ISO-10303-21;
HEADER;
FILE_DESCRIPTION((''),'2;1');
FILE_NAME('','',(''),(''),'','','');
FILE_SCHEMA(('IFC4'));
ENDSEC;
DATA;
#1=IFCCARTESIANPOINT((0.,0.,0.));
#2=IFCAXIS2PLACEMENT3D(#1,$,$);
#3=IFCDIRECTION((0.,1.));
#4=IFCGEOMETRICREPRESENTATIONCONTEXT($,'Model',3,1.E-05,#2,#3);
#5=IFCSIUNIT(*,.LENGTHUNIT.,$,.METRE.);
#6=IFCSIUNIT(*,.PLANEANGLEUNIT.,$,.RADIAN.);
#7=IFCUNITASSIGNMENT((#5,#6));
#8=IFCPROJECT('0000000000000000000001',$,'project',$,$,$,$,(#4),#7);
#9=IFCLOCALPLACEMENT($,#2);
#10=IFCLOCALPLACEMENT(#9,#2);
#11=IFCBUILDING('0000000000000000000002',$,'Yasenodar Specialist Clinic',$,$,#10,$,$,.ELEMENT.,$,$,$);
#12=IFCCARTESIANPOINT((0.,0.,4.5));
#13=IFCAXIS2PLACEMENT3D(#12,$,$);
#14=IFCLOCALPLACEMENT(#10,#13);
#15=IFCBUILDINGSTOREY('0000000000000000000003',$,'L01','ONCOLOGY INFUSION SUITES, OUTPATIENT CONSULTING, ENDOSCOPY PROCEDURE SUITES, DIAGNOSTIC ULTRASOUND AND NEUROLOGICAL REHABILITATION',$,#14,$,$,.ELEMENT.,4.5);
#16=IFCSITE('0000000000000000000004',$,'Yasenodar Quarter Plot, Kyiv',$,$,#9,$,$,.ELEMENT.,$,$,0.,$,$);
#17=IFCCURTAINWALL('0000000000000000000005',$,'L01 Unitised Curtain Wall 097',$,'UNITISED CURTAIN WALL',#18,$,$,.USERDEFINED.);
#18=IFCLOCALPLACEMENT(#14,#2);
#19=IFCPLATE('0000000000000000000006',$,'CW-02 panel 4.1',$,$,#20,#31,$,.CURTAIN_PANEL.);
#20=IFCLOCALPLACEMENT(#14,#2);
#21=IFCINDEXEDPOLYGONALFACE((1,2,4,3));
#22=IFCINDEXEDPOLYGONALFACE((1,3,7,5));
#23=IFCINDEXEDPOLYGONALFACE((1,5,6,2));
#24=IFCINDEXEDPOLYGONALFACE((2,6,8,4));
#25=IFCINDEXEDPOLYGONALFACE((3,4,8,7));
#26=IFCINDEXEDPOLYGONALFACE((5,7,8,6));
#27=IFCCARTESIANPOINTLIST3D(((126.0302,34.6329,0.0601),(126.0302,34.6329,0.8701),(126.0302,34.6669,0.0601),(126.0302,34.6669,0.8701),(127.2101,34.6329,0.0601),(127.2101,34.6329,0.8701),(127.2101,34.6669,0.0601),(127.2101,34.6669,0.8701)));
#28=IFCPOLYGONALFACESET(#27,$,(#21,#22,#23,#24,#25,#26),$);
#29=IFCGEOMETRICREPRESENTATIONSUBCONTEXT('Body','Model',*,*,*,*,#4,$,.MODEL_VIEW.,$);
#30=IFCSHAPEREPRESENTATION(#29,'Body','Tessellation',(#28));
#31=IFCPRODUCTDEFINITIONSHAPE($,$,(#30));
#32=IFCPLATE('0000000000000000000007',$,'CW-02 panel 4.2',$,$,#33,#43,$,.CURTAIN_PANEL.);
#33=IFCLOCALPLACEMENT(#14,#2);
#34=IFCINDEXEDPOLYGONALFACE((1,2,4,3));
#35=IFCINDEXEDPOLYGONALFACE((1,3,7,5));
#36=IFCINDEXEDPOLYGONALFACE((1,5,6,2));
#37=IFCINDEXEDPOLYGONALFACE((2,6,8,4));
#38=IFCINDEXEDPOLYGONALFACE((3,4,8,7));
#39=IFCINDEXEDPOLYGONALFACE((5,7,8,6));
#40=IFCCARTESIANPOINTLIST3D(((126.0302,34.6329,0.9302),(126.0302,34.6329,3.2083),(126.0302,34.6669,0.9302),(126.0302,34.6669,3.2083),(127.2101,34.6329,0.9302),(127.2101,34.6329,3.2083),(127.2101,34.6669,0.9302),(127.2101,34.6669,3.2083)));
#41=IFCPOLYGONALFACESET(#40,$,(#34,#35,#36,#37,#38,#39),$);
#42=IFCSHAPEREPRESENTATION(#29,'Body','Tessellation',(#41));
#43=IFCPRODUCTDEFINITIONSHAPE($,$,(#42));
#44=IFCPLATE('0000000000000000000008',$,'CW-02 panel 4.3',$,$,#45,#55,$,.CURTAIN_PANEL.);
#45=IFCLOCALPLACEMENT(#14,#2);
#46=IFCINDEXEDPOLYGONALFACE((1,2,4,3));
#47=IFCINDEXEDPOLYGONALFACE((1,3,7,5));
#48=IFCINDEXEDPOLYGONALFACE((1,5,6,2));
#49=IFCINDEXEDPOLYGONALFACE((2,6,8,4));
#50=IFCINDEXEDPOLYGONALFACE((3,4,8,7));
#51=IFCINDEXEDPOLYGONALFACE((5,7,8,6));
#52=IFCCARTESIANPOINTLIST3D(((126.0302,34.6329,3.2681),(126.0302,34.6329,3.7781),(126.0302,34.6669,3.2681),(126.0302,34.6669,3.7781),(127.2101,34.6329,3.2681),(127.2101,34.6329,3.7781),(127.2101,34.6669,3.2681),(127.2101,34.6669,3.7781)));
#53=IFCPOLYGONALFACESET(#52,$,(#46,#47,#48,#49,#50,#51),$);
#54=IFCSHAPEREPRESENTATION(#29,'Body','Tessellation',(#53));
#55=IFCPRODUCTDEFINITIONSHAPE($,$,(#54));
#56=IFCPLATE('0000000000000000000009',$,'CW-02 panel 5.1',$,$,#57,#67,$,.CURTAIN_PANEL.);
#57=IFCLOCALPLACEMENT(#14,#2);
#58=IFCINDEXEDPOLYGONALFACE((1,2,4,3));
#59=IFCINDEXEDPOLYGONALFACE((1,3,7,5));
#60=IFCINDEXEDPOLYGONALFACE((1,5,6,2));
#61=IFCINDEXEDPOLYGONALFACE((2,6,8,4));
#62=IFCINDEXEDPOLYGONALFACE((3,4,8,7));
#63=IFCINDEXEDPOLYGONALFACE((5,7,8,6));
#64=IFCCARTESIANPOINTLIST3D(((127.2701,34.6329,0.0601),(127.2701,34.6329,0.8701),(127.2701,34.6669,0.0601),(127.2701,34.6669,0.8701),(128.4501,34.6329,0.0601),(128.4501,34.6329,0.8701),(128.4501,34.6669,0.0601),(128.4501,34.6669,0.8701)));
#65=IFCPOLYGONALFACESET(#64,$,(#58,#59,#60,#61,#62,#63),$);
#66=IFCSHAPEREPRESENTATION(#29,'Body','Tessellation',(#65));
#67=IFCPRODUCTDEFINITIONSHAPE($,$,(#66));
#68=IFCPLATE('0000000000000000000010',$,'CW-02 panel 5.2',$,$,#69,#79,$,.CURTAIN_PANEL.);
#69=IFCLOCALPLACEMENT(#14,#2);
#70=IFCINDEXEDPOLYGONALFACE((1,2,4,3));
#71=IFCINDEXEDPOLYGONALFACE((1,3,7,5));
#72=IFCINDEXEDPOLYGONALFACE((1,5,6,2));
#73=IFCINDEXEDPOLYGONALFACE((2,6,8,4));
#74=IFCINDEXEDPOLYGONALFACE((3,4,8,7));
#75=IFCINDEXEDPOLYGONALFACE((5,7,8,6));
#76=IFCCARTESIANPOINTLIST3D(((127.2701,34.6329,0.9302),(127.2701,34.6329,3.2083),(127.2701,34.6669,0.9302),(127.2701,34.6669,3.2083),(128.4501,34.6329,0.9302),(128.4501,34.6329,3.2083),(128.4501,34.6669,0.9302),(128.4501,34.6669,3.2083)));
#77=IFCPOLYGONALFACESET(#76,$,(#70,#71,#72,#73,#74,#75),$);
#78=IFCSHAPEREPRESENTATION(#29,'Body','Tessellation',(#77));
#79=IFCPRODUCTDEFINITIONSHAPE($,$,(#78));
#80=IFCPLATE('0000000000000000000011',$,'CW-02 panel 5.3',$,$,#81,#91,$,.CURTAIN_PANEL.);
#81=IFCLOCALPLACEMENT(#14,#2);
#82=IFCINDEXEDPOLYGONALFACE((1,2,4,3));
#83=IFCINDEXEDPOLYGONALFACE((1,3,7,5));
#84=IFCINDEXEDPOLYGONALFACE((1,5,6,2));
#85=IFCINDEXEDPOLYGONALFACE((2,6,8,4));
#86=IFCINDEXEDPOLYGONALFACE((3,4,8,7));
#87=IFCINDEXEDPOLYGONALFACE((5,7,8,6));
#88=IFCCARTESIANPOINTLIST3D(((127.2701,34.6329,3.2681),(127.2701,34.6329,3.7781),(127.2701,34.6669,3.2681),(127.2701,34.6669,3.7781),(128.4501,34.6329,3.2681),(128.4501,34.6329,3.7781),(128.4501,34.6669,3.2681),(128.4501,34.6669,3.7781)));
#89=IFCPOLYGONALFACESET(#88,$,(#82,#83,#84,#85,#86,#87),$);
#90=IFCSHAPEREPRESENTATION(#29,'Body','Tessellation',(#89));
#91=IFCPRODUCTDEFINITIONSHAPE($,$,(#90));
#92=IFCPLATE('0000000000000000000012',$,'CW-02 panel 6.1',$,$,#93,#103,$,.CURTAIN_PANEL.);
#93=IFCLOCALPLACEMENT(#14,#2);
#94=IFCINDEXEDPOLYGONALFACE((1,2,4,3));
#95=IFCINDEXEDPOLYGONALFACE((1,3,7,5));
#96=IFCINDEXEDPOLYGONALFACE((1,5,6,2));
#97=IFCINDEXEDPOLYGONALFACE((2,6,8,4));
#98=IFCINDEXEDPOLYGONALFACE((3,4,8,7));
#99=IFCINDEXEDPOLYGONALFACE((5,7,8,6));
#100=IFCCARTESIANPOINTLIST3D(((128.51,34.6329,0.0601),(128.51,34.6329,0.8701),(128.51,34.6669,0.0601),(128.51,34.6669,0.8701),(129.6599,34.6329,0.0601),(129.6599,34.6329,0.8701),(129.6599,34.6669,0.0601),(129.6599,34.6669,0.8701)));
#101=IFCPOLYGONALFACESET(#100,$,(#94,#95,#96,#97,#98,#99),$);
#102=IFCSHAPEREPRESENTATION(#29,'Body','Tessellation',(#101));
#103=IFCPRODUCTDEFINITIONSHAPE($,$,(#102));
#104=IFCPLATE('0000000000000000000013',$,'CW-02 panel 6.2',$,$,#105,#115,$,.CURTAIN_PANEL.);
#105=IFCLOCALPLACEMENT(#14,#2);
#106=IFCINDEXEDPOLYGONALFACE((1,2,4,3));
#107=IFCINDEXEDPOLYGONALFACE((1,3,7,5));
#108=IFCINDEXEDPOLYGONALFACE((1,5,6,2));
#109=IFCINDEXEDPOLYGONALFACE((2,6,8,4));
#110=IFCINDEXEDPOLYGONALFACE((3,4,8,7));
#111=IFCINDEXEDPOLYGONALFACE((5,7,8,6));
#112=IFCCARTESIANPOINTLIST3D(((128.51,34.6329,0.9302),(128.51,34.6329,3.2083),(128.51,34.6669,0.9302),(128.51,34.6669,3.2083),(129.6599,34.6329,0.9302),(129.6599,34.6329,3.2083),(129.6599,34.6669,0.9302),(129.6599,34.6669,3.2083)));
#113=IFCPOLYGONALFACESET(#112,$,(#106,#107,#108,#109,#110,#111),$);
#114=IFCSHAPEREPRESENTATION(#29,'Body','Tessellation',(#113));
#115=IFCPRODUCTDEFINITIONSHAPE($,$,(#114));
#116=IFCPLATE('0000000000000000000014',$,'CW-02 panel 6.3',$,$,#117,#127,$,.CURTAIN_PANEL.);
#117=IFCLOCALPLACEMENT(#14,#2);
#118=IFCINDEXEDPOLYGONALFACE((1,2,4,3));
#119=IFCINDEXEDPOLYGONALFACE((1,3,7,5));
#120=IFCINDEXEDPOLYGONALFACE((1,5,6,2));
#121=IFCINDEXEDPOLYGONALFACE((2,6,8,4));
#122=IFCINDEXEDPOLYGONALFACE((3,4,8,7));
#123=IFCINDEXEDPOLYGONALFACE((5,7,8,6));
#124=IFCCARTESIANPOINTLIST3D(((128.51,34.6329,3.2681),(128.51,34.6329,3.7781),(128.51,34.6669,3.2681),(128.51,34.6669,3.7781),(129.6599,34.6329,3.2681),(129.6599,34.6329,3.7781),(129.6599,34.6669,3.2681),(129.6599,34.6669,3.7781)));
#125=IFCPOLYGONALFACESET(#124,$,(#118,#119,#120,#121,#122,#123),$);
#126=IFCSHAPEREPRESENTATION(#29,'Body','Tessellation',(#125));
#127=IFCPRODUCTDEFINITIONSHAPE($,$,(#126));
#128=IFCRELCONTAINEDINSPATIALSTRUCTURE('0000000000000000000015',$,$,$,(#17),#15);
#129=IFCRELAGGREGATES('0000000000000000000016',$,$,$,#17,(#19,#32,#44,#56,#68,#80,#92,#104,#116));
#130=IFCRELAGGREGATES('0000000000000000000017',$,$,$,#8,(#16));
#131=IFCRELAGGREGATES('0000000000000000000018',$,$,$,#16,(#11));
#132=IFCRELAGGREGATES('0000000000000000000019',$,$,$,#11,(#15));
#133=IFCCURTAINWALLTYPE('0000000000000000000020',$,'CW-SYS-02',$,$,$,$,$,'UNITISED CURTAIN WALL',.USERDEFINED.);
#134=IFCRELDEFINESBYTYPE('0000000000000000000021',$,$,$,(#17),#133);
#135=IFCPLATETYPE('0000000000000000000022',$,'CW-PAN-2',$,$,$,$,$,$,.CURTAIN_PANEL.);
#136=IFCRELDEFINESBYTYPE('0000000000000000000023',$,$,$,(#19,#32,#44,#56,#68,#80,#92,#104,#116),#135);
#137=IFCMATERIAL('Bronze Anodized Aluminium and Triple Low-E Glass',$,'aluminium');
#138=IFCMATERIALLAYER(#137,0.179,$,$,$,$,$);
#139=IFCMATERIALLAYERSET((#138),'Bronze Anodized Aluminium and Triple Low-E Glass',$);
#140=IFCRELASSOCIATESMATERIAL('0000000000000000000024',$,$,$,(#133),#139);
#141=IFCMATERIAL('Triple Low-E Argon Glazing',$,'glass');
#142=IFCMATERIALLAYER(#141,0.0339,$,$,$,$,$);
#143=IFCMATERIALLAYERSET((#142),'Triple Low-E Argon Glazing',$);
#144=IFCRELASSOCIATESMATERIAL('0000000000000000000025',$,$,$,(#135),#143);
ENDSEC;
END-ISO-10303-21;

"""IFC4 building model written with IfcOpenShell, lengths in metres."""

from ifc_helpers import new_model, si_unit, direction, frame, origin, origin_2d, place, context, subcontext, project, spatial, rectangle, extrude, material, layer, layer_set, type_object, element, aggregate, save


model = new_model("IFC4")

# Units and contexts
model_context = context("Model", 3, precision=1e-05, world=origin(), true_north=direction((0.0, 1.0)))
body_context = subcontext(model_context, "Body", "Model", "MODEL_VIEW")
ifc_project = project(units=[si_unit("LENGTHUNIT", "METRE"), si_unit("PLANEANGLEUNIT", "RADIAN")], contexts=[model_context])

# Site, building, storey
site_placement = place(None, origin())
site = spatial("IfcSite", under=ifc_project, at=site_placement, Name="Yasenodar Quarter Plot, Kyiv", CompositionType="ELEMENT", RefElevation=0.0)
building_placement = place(site_placement, origin())
building = spatial("IfcBuilding", under=site, at=building_placement, Name="Yasenodar Specialist Clinic", CompositionType="ELEMENT")
storey_placement = place(building_placement, frame((0.0, 0.0, 4.5)))
storey = spatial("IfcBuildingStorey", under=building, at=storey_placement, Name="L01", Description="ONCOLOGY INFUSION SUITES, OUTPATIENT CONSULTING, ENDOSCOPY PROCEDURE SUITES, DIAGNOSTIC ULTRASOUND AND NEUROLOGICAL REHABILITATION", CompositionType="ELEMENT", Elevation=4.5)

# Curtain wall, plates
ifc_material_1 = material(Name="Bronze Anodized Aluminium and Triple Low-E Glass", Category="aluminium")
ifc_layer_1 = layer(ifc_material_1, 0.179)
ifc_layer_set_1 = layer_set([ifc_layer_1], Name="Bronze Anodized Aluminium and Triple Low-E Glass")
curtain_wall_type = type_object("IfcCurtainWallType", Name="CW-SYS-02", ElementType="UNITISED CURTAIN WALL", PredefinedType="USERDEFINED", material=ifc_layer_set_1)
curtain_wall_placement = place(storey_placement, origin())
curtain_wall = element("IfcCurtainWall", 1, at=curtain_wall_placement, inside=storey, type_object=curtain_wall_type, Name="L01 Unitised Curtain Wall 097", ObjectType="UNITISED CURTAIN WALL", PredefinedType="USERDEFINED")
ifc_material_2 = material(Name="Triple Low-E Argon Glazing", Category="glass")
ifc_layer_2 = layer(ifc_material_2, 0.0339)
ifc_layer_set_2 = layer_set([ifc_layer_2], Name="Triple Low-E Argon Glazing")
plate_type = type_object("IfcPlateType", Name="CW-PAN-2", PredefinedType="CURTAIN_PANEL", material=ifc_layer_set_2)
plate_1_placement = place(storey_placement, frame((126.6201, 34.6499, 0.0601), z_axis=(0.0, 0.0, 1.0), x_axis=(1.0, 0.0, 0.0)))
plate_1 = element("IfcPlate", 2, at=plate_1_placement, type_object=plate_type, Name="CW-02 panel 4.1", PredefinedType="CURTAIN_PANEL", context=body_context, shape_type="SweptSolid", body=[
    extrude(rectangle(XDim=1.1799, YDim=0.0339, at=origin_2d()), origin(), (0.0, 0.0, 1.0), 0.8101),
])
plate_2_placement = place(storey_placement, frame((126.6201, 34.6499, 0.9302), z_axis=(0.0, 0.0, 1.0), x_axis=(1.0, 0.0, 0.0)))
plate_2 = element("IfcPlate", 3, at=plate_2_placement, type_object=plate_type, Name="CW-02 panel 4.2", PredefinedType="CURTAIN_PANEL", context=body_context, shape_type="SweptSolid", body=[
    extrude(rectangle(XDim=1.1799, YDim=0.0339, at=origin_2d()), origin(), (0.0, 0.0, 1.0), 2.2781),
])
plate_3_placement = place(storey_placement, frame((126.6201, 34.6499, 3.2681), z_axis=(0.0, 0.0, 1.0), x_axis=(1.0, 0.0, 0.0)))
plate_3 = element("IfcPlate", 4, at=plate_3_placement, type_object=plate_type, Name="CW-02 panel 4.3", PredefinedType="CURTAIN_PANEL", context=body_context, shape_type="SweptSolid", body=[
    extrude(rectangle(XDim=1.1799, YDim=0.0339, at=origin_2d()), origin(), (0.0, 0.0, 1.0), 0.51),
])
plate_4_placement = place(storey_placement, frame((127.8601, 34.6499, 0.0601), z_axis=(0.0, 0.0, 1.0), x_axis=(1.0, 0.0, 0.0)))
plate_4 = element("IfcPlate", 5, at=plate_4_placement, type_object=plate_type, Name="CW-02 panel 5.1", PredefinedType="CURTAIN_PANEL", context=body_context, shape_type="SweptSolid", body=[
    extrude(rectangle(XDim=1.1799, YDim=0.0339, at=origin_2d()), origin(), (0.0, 0.0, 1.0), 0.8101),
])
plate_5_placement = place(storey_placement, frame((127.8601, 34.6499, 0.9302), z_axis=(0.0, 0.0, 1.0), x_axis=(1.0, 0.0, 0.0)))
plate_5 = element("IfcPlate", 6, at=plate_5_placement, type_object=plate_type, Name="CW-02 panel 5.2", PredefinedType="CURTAIN_PANEL", context=body_context, shape_type="SweptSolid", body=[
    extrude(rectangle(XDim=1.1799, YDim=0.0339, at=origin_2d()), origin(), (0.0, 0.0, 1.0), 2.2781),
])
plate_6_placement = place(storey_placement, frame((127.8601, 34.6499, 3.2681), z_axis=(0.0, 0.0, 1.0), x_axis=(1.0, 0.0, 0.0)))
plate_6 = element("IfcPlate", 7, at=plate_6_placement, type_object=plate_type, Name="CW-02 panel 5.3", PredefinedType="CURTAIN_PANEL", context=body_context, shape_type="SweptSolid", body=[
    extrude(rectangle(XDim=1.1799, YDim=0.0339, at=origin_2d()), origin(), (0.0, 0.0, 1.0), 0.51),
])
plate_7_placement = place(storey_placement, frame((129.085, 34.6499, 0.0601), z_axis=(0.0, 0.0, 1.0), x_axis=(1.0, 0.0, 0.0)))
plate_7 = element("IfcPlate", 8, at=plate_7_placement, type_object=plate_type, Name="CW-02 panel 6.1", PredefinedType="CURTAIN_PANEL", context=body_context, shape_type="SweptSolid", body=[
    extrude(rectangle(XDim=1.1499, YDim=0.0339, at=origin_2d()), origin(), (0.0, 0.0, 1.0), 0.8101),
])
plate_8_placement = place(storey_placement, frame((129.085, 34.6499, 0.9302), z_axis=(0.0, 0.0, 1.0), x_axis=(1.0, 0.0, 0.0)))
plate_8 = element("IfcPlate", 9, at=plate_8_placement, type_object=plate_type, Name="CW-02 panel 6.2", PredefinedType="CURTAIN_PANEL", context=body_context, shape_type="SweptSolid", body=[
    extrude(rectangle(XDim=1.1499, YDim=0.0339, at=origin_2d()), origin(), (0.0, 0.0, 1.0), 2.2781),
])
plate_9_placement = place(storey_placement, frame((129.085, 34.6499, 3.2681), z_axis=(0.0, 0.0, 1.0), x_axis=(1.0, 0.0, 0.0)))
plate_9 = element("IfcPlate", 10, at=plate_9_placement, type_object=plate_type, Name="CW-02 panel 6.3", PredefinedType="CURTAIN_PANEL", context=body_context, shape_type="SweptSolid", body=[
    extrude(rectangle(XDim=1.1499, YDim=0.0339, at=origin_2d()), origin(), (0.0, 0.0, 1.0), 0.51),
])
aggregate(curtain_wall, [plate_1, plate_2, plate_3, plate_4, plate_5, plate_6, plate_7, plate_8, plate_9])

save(model, "model.ifc")
